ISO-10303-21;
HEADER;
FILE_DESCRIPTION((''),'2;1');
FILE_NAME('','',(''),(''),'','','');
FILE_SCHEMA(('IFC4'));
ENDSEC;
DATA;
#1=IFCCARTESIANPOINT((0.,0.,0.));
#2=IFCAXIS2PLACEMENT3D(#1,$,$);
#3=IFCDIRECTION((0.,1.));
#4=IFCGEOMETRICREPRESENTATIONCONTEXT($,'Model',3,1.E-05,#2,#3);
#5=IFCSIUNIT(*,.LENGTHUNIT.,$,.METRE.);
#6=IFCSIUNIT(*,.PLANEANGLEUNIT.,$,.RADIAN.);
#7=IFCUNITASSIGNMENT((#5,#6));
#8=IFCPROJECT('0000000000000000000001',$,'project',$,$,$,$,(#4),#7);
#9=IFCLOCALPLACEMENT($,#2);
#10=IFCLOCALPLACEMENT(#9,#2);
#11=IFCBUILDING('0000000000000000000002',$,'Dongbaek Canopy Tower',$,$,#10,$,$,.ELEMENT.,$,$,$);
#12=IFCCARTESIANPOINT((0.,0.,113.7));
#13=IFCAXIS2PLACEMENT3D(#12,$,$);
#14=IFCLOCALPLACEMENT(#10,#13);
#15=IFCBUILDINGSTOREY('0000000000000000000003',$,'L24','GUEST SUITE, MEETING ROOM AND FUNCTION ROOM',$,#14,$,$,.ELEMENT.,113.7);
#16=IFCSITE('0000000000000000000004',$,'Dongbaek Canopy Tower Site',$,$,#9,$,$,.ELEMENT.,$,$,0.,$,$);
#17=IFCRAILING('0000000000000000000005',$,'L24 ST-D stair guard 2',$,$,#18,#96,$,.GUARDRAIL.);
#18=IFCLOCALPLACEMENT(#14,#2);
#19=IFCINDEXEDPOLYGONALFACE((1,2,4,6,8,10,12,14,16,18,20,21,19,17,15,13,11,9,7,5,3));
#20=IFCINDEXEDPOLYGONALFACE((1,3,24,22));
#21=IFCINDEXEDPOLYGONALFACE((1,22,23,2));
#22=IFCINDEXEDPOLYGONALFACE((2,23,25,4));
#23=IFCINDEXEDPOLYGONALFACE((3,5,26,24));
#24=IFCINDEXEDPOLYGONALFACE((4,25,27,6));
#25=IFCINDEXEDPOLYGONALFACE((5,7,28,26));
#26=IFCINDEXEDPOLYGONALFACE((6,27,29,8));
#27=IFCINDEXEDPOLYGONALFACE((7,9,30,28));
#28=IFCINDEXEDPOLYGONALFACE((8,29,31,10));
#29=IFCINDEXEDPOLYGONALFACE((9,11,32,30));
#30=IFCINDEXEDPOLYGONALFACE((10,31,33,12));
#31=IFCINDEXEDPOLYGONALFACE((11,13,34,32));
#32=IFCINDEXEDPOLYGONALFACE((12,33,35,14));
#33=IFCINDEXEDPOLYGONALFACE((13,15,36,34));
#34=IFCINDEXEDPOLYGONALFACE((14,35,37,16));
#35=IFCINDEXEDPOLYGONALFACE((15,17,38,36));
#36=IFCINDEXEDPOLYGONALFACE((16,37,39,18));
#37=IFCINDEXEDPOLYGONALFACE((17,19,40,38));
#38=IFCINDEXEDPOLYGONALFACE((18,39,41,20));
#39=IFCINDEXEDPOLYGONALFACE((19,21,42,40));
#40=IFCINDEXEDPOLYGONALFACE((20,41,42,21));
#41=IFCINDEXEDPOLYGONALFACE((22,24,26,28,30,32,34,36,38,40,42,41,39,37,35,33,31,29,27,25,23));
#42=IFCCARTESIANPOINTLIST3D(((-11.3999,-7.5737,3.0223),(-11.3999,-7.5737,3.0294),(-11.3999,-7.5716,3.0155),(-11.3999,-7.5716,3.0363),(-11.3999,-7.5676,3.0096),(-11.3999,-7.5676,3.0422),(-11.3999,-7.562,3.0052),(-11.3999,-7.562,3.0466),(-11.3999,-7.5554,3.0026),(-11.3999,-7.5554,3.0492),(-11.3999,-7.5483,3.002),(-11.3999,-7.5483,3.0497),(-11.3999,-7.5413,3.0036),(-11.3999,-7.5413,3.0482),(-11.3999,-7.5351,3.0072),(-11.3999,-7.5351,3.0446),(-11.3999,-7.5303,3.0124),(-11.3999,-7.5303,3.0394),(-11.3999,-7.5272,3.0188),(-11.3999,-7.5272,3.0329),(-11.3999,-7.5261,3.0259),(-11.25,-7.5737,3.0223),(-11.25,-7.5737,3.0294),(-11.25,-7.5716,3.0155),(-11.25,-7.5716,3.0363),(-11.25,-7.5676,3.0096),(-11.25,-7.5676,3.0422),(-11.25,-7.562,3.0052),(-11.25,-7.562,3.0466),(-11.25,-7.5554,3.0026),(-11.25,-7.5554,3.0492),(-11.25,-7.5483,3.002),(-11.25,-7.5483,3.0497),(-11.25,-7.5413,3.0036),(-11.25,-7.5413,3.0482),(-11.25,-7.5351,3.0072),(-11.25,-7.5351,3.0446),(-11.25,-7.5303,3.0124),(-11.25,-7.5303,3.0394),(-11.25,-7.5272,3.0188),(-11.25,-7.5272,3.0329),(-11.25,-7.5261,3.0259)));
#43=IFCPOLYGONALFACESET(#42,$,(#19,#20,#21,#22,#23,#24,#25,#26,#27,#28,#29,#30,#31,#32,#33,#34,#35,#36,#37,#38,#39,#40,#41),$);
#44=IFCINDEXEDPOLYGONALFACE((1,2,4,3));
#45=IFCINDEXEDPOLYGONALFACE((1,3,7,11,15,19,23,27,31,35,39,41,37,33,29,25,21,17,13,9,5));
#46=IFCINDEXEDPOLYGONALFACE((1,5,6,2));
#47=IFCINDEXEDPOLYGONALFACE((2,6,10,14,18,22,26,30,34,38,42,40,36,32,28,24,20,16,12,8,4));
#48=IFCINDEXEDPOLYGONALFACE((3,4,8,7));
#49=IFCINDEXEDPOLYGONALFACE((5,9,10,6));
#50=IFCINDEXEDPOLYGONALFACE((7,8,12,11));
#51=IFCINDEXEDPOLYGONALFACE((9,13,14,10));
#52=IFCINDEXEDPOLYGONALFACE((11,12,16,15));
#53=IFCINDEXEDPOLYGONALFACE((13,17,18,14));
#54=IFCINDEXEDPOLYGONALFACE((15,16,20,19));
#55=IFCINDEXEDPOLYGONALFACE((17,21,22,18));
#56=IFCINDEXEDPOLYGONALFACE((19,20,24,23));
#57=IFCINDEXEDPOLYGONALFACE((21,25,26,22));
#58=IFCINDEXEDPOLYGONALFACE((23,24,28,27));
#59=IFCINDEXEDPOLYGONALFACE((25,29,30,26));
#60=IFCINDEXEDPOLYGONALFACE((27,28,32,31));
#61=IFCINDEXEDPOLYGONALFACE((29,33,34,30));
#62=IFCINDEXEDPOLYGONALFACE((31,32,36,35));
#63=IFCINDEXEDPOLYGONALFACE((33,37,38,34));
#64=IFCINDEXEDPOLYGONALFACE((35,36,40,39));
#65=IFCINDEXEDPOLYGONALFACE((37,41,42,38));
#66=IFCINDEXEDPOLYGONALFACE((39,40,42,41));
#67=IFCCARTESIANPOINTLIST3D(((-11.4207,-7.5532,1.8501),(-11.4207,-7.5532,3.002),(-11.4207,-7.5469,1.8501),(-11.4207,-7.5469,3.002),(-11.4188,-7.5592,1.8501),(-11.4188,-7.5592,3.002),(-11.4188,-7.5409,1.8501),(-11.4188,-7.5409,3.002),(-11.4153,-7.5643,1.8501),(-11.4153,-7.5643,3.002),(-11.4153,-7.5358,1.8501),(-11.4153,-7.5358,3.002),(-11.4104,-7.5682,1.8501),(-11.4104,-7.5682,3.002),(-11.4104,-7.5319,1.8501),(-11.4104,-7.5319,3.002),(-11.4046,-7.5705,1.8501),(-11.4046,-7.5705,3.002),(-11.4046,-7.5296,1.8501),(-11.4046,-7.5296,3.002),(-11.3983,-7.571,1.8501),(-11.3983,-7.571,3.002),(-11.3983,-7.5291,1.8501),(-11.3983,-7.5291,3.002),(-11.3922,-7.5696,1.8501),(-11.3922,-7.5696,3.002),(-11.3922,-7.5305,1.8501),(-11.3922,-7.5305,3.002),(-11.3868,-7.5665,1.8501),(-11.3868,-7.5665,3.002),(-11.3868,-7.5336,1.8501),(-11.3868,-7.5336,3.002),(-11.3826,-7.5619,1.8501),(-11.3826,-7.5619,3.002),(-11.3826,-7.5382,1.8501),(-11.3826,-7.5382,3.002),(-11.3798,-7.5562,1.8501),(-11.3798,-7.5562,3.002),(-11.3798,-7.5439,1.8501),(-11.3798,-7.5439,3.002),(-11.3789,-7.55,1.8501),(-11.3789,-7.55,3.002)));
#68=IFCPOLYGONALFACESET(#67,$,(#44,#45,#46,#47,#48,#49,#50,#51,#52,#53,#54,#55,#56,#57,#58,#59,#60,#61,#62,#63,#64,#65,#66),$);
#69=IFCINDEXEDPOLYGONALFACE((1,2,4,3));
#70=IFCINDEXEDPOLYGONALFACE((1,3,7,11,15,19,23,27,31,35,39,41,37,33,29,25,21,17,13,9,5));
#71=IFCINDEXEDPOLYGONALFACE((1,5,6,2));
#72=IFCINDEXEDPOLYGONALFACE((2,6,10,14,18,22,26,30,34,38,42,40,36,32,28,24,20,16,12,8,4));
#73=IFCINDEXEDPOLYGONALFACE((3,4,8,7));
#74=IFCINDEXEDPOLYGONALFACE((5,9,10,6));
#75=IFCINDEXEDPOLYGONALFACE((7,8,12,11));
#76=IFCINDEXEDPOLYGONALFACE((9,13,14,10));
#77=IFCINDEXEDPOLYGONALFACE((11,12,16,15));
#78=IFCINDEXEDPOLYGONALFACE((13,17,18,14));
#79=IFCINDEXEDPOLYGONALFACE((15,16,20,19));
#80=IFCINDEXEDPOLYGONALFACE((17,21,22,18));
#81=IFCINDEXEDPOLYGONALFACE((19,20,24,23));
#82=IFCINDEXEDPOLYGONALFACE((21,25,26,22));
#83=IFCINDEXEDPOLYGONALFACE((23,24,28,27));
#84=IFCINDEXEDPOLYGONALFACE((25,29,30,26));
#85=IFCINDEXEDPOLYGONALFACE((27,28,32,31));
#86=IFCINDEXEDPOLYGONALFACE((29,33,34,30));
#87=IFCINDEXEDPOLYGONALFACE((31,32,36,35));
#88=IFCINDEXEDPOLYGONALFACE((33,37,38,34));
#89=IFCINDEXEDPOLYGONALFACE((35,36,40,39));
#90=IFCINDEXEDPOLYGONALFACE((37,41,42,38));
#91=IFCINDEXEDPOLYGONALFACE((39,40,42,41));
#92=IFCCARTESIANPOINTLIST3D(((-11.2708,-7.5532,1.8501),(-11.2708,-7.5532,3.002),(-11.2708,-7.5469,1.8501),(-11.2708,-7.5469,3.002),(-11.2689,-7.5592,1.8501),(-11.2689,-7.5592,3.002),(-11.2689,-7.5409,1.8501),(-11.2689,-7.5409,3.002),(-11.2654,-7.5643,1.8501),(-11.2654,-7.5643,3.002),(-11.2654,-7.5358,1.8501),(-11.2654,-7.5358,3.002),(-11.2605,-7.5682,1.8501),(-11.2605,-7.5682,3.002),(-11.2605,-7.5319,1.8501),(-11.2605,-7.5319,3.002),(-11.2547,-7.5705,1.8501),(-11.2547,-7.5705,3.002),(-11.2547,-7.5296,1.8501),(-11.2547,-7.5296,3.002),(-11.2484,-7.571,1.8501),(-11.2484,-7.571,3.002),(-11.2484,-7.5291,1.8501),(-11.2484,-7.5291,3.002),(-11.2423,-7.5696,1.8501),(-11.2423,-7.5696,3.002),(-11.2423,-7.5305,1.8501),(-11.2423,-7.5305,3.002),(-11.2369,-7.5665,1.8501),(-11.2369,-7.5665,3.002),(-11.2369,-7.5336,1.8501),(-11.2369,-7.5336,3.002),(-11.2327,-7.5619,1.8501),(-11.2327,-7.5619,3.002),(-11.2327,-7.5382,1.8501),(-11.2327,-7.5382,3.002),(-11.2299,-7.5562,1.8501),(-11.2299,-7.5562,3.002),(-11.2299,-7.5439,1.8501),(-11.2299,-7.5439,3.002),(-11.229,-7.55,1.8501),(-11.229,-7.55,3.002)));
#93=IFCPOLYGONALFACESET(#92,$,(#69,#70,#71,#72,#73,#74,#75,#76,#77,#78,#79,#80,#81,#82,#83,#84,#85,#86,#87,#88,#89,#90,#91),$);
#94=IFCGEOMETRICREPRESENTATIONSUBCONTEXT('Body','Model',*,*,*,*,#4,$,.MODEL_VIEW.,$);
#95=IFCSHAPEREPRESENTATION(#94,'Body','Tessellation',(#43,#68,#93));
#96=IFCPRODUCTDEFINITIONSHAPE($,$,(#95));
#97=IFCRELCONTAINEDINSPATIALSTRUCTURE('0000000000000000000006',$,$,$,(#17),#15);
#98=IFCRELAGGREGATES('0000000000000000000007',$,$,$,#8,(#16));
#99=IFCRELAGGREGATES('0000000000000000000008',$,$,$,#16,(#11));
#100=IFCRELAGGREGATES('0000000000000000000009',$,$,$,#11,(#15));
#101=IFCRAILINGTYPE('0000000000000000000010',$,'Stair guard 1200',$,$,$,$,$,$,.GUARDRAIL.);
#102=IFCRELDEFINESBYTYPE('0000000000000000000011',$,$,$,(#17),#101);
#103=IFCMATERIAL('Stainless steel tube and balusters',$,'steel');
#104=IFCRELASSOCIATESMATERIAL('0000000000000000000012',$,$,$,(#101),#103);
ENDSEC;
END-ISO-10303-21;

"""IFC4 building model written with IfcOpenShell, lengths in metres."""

from ifc_helpers import new_model, si_unit, direction, frame, origin, origin_2d, place, context, subcontext, project, spatial, circle, extrude, material, type_object, element, save


model = new_model("IFC4")

# Units and contexts
model_context = context("Model", 3, precision=1e-05, world=origin(), true_north=direction((0.0, 1.0)))
body_context = subcontext(model_context, "Body", "Model", "MODEL_VIEW")
ifc_project = project(units=[si_unit("LENGTHUNIT", "METRE"), si_unit("PLANEANGLEUNIT", "RADIAN")], contexts=[model_context])

# Site, building, storey
site_placement = place(None, origin())
site = spatial("IfcSite", under=ifc_project, at=site_placement, Name="Dongbaek Canopy Tower Site", CompositionType="ELEMENT", RefElevation=0.0)
building_placement = place(site_placement, origin())
building = spatial("IfcBuilding", under=site, at=building_placement, Name="Dongbaek Canopy Tower", CompositionType="ELEMENT")
storey_placement = place(building_placement, frame((0.0, 0.0, 113.7)))
storey = spatial("IfcBuildingStorey", under=building, at=storey_placement, Name="L24", Description="GUEST SUITE, MEETING ROOM AND FUNCTION ROOM", CompositionType="ELEMENT", Elevation=113.7)

# Railing
ifc_material_1 = material(Name="Stainless steel tube and balusters", Category="steel")
railing_type_1 = type_object("IfcRailingType", Name="Stair guard 1200", PredefinedType="GUARDRAIL", material=ifc_material_1)
railing_1_placement = place(storey_placement, frame((-11.3999, -7.55, 1.8501)))
element("IfcRailing", 1, at=railing_1_placement, inside=storey, type_object=railing_type_1, Name="L24 ST-D stair guard 2", PredefinedType="GUARDRAIL", context=body_context, shape_type="SweptSolid", body=[
    extrude(circle(Radius=0.0239, at=origin_2d()), frame((0.0, 0.0, 1.1758), z_axis=(1.0, 0.0, 0.0), x_axis=(0.0, 1.0, 0.0)), (0.0, 0.0, 1.0), 0.1499),
    extrude(circle(Radius=0.021, at=origin_2d()), origin(), (0.0, 0.0, 1.0), 1.1519),
    extrude(circle(Radius=0.021, at=origin_2d()), frame((0.1499, 0.0, 0.0)), (0.0, 0.0, 1.0), 1.1519),
])

save(model, "model.ifc")
